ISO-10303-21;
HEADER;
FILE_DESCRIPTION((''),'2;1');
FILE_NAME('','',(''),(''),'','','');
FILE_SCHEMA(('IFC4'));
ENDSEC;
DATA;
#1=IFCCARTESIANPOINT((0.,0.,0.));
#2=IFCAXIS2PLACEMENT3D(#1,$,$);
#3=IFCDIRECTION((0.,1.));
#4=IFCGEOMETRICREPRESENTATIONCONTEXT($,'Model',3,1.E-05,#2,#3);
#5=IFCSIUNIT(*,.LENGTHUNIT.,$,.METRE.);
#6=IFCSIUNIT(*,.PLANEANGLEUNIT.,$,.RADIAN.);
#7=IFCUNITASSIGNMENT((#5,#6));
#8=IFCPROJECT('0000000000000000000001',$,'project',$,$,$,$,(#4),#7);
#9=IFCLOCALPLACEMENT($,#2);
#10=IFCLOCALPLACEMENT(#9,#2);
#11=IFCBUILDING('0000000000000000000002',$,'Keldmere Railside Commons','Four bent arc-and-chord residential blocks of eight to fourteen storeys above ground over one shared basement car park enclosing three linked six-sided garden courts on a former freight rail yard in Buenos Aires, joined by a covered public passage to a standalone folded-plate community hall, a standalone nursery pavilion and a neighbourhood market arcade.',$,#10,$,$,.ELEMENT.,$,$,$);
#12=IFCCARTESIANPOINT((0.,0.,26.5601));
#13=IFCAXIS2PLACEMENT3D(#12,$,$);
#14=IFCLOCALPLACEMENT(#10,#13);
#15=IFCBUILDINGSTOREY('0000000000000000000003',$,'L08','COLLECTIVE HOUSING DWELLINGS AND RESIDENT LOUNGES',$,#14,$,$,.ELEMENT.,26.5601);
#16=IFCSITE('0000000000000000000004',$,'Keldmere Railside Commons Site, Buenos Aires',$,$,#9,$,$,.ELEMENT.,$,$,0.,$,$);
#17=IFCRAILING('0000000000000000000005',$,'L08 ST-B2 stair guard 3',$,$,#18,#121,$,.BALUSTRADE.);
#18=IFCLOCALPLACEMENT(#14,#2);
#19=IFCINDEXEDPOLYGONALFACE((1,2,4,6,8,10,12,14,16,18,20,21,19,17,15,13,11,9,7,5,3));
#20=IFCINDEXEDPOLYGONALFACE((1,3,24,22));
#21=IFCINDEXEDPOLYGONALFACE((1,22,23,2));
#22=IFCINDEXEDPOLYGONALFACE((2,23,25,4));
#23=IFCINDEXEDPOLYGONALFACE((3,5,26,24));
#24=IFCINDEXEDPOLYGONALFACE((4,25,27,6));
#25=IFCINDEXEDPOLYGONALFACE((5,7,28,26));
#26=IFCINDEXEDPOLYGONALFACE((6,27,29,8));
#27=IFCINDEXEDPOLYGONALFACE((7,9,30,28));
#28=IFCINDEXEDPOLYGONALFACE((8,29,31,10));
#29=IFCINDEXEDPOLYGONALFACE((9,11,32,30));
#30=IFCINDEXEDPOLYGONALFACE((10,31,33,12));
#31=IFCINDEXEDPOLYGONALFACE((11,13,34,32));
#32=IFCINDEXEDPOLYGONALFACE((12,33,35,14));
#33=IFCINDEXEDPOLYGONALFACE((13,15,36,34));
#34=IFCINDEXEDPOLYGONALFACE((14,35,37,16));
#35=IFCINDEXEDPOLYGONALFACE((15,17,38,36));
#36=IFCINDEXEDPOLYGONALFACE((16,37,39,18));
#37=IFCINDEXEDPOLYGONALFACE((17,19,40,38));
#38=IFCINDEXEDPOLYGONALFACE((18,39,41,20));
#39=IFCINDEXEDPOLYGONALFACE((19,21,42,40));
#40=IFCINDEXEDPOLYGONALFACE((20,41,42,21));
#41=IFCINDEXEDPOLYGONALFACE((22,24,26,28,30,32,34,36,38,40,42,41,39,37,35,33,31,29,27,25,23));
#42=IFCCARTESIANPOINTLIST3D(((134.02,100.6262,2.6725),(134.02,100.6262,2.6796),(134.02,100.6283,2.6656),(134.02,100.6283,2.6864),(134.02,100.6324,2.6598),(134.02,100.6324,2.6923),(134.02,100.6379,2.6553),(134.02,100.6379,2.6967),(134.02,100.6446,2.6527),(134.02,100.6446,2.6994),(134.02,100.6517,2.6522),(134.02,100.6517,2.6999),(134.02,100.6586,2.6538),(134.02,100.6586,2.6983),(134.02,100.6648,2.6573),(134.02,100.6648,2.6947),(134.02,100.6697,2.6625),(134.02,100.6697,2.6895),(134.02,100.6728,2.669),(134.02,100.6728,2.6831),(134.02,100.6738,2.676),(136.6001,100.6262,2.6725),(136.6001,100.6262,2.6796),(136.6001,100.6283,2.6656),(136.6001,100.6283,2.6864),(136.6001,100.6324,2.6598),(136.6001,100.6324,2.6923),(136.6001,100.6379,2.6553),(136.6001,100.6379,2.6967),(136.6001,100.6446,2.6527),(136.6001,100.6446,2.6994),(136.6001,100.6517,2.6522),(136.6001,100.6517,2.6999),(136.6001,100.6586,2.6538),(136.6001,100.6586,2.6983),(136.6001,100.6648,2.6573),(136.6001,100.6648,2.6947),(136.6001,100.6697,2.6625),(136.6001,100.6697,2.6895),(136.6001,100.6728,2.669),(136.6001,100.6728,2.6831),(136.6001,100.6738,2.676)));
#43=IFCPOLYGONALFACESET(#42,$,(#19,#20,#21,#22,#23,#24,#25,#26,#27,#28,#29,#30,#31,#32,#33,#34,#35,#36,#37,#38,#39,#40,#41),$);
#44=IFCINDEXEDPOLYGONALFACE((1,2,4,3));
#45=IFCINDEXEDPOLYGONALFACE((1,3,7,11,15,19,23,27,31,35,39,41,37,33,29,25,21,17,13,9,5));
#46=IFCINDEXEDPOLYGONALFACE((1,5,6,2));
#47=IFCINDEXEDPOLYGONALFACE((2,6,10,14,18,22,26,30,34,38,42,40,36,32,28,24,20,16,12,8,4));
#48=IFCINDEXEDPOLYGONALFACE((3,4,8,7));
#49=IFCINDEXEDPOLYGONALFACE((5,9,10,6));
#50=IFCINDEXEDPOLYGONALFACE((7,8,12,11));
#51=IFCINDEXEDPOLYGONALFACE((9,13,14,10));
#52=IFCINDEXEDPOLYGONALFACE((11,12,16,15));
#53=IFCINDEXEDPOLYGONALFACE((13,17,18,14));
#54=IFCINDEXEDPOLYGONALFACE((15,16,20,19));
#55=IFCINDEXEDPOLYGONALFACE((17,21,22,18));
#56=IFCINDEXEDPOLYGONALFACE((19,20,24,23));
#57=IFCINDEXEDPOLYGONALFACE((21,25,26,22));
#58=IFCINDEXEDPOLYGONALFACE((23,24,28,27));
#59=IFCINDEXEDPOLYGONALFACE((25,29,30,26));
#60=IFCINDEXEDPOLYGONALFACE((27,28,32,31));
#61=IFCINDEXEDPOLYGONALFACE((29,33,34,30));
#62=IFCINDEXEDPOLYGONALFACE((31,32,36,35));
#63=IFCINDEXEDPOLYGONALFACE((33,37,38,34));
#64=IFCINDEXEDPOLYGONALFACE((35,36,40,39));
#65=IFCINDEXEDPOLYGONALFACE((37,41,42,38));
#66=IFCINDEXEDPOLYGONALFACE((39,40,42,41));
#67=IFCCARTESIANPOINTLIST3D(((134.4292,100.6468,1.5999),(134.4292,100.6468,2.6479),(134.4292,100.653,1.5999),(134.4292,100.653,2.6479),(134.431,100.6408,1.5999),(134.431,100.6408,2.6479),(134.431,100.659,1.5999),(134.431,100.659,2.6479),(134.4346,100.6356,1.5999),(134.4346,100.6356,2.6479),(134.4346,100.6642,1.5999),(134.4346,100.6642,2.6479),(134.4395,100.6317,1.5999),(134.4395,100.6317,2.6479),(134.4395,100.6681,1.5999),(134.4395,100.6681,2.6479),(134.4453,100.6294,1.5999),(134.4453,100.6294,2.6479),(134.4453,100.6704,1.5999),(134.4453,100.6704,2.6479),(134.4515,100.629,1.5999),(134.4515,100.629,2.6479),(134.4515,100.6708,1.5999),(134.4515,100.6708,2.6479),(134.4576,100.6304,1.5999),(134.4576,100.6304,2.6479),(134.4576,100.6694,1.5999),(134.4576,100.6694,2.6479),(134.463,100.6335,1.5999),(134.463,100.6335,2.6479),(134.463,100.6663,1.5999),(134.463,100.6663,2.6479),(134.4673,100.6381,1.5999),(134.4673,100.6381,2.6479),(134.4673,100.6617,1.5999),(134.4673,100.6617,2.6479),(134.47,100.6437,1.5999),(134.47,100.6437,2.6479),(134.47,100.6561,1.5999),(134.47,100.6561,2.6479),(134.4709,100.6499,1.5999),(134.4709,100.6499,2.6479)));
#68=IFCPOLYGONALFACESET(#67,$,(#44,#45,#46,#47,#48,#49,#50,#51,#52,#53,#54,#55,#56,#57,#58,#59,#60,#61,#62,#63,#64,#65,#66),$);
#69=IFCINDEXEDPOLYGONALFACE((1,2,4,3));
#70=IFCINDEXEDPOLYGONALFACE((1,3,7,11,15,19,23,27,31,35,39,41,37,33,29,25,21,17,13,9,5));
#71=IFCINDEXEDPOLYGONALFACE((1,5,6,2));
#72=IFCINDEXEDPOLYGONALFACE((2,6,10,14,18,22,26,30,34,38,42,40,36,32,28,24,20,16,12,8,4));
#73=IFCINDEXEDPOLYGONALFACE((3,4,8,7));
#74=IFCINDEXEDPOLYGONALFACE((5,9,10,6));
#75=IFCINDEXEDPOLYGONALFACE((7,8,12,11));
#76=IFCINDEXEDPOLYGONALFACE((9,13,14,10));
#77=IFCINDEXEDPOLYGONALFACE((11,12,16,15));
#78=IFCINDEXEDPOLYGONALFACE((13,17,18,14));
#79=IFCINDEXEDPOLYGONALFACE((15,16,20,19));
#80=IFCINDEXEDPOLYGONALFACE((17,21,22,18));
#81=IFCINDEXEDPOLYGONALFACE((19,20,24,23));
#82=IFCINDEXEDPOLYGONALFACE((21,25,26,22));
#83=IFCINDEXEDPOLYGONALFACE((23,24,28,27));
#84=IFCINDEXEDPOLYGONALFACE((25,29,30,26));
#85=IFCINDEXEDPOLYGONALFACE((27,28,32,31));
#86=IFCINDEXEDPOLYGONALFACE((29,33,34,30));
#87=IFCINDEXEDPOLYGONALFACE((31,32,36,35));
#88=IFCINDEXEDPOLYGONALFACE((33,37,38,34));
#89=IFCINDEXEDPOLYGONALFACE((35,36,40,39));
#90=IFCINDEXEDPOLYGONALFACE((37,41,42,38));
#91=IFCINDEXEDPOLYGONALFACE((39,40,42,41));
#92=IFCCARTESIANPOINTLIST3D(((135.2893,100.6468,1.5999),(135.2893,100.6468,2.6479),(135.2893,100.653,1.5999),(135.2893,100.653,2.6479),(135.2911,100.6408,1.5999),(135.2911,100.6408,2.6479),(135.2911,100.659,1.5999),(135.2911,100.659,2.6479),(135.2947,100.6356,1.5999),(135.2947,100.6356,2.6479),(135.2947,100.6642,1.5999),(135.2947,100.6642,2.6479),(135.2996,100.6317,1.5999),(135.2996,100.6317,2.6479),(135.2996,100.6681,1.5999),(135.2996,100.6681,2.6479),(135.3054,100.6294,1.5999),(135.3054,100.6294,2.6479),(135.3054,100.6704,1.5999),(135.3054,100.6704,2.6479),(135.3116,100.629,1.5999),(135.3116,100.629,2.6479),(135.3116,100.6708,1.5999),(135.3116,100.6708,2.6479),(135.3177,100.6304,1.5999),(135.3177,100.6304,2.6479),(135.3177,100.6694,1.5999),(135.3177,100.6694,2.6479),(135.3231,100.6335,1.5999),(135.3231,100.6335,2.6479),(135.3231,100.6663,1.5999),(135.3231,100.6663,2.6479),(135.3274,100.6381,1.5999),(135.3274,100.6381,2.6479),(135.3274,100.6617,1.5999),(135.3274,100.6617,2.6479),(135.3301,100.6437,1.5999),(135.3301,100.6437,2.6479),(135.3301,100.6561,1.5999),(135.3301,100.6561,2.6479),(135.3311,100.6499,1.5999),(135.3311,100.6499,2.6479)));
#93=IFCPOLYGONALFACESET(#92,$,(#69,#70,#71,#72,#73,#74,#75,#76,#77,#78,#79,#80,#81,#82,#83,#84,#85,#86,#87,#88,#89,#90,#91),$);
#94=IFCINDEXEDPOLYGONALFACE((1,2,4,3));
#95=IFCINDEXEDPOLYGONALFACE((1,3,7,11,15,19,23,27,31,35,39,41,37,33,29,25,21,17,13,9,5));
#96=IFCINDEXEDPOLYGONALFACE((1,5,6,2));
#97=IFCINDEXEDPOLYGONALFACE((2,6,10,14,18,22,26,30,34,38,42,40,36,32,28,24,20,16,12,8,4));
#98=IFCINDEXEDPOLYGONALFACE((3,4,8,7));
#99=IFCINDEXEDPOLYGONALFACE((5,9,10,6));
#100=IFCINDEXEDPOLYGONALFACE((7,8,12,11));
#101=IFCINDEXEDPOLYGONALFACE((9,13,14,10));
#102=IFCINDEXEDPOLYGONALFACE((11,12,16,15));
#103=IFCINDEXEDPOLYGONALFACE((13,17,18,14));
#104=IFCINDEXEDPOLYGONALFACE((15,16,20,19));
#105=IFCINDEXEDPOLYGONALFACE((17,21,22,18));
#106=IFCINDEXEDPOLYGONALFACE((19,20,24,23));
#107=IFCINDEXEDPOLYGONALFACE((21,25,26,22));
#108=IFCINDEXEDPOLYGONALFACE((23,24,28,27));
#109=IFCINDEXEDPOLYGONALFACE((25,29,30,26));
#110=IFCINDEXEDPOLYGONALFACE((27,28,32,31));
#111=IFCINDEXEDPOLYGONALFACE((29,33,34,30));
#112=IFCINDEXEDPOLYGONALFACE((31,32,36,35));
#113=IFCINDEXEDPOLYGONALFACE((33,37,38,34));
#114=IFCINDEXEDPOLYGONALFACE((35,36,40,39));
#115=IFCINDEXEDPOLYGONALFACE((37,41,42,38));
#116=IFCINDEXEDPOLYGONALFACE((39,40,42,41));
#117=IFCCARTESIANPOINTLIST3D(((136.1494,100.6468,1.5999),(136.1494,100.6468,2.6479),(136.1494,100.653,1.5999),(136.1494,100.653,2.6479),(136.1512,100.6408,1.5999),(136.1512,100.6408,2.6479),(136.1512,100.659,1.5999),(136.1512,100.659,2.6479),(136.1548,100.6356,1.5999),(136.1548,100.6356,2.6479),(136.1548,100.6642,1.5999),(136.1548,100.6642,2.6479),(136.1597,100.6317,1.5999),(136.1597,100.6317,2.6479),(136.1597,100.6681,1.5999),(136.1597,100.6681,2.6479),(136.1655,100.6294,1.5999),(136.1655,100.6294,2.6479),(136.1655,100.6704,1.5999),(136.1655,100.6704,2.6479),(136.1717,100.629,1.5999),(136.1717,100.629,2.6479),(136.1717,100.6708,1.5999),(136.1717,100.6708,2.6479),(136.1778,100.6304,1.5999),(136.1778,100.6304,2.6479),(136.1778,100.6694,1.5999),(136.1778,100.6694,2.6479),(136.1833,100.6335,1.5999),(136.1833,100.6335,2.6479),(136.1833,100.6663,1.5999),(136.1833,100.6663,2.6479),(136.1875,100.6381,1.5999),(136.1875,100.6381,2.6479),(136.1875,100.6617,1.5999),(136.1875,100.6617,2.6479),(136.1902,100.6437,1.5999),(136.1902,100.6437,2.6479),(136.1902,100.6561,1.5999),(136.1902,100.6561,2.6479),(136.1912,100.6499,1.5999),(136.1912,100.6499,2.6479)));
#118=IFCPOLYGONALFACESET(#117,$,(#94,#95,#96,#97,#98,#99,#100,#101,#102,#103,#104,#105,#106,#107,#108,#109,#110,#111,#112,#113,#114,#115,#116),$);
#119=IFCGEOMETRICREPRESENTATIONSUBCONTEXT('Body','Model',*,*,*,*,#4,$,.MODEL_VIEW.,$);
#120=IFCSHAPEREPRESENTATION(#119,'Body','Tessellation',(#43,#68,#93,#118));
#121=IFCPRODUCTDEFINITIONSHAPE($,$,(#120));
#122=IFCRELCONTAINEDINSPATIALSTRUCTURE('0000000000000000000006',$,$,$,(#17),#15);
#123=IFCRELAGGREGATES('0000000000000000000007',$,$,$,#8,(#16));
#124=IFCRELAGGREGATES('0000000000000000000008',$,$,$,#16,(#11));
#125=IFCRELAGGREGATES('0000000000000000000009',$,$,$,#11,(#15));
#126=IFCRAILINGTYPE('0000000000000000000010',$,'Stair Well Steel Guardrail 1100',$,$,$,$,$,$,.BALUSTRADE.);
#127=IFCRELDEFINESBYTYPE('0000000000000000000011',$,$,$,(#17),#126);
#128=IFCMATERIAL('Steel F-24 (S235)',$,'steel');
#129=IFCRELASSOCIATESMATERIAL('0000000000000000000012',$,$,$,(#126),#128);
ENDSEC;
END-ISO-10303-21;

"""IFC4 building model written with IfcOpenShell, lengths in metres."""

from ifc_helpers import new_model, si_unit, direction, frame, origin, origin_2d, place, context, subcontext, project, spatial, circle, extrude, material, type_object, element, save


model = new_model("IFC4")

# Units and contexts
model_context = context("Model", 3, precision=1e-05, world=origin(), true_north=direction((0.0, 1.0)))
body_context = subcontext(model_context, "Body", "Model", "MODEL_VIEW")
ifc_project = project(units=[si_unit("LENGTHUNIT", "METRE"), si_unit("PLANEANGLEUNIT", "RADIAN")], contexts=[model_context])

# Site, building, storey
site_placement = place(None, origin())
site = spatial("IfcSite", under=ifc_project, at=site_placement, Name="Keldmere Railside Commons Site, Buenos Aires", CompositionType="ELEMENT", RefElevation=0.0)
building_placement = place(site_placement, origin())
building = spatial("IfcBuilding", under=site, at=building_placement, Name="Keldmere Railside Commons", Description="Four bent arc-and-chord residential blocks of eight to fourteen storeys above ground over one shared basement car park enclosing three linked six-sided garden courts on a former freight rail yard in Buenos Aires, joined by a covered public passage to a standalone folded-plate community hall, a standalone nursery pavilion and a neighbourhood market arcade.", CompositionType="ELEMENT")
storey_placement = place(building_placement, frame((0.0, 0.0, 26.5601)))
storey = spatial("IfcBuildingStorey", under=building, at=storey_placement, Name="L08", Description="COLLECTIVE HOUSING DWELLINGS AND RESIDENT LOUNGES", CompositionType="ELEMENT", Elevation=26.5601)

# Railing
ifc_material_1 = material(Name="Steel F-24 (S235)", Category="steel")
railing_type_1 = type_object("IfcRailingType", Name="Stair Well Steel Guardrail 1100", PredefinedType="BALUSTRADE", material=ifc_material_1)
railing_1_placement = place(storey_placement, frame((134.02, 100.6499, 1.5999)))
element("IfcRailing", 1, at=railing_1_placement, inside=storey, type_object=railing_type_1, Name="L08 ST-B2 stair guard 3", PredefinedType="BALUSTRADE", context=body_context, shape_type="SweptSolid", body=[
    extrude(circle(Radius=0.0239, at=origin_2d()), frame((0.0, 0.0, 1.0762), z_axis=(1.0, 0.0, 0.0), x_axis=(0.0, 1.0, 0.0)), (0.0, 0.0, 1.0), 2.5801),
    extrude(circle(Radius=0.021, at=origin_2d()), frame((0.4299, 0.0, 0.0)), (0.0, 0.0, 1.0), 1.0481),
    extrude(circle(Radius=0.021, at=origin_2d()), frame((1.29, 0.0, 0.0)), (0.0, 0.0, 1.0), 1.0481),
    extrude(circle(Radius=0.021, at=origin_2d()), frame((2.1501, 0.0, 0.0)), (0.0, 0.0, 1.0), 1.0481),
])

save(model, "model.ifc")
